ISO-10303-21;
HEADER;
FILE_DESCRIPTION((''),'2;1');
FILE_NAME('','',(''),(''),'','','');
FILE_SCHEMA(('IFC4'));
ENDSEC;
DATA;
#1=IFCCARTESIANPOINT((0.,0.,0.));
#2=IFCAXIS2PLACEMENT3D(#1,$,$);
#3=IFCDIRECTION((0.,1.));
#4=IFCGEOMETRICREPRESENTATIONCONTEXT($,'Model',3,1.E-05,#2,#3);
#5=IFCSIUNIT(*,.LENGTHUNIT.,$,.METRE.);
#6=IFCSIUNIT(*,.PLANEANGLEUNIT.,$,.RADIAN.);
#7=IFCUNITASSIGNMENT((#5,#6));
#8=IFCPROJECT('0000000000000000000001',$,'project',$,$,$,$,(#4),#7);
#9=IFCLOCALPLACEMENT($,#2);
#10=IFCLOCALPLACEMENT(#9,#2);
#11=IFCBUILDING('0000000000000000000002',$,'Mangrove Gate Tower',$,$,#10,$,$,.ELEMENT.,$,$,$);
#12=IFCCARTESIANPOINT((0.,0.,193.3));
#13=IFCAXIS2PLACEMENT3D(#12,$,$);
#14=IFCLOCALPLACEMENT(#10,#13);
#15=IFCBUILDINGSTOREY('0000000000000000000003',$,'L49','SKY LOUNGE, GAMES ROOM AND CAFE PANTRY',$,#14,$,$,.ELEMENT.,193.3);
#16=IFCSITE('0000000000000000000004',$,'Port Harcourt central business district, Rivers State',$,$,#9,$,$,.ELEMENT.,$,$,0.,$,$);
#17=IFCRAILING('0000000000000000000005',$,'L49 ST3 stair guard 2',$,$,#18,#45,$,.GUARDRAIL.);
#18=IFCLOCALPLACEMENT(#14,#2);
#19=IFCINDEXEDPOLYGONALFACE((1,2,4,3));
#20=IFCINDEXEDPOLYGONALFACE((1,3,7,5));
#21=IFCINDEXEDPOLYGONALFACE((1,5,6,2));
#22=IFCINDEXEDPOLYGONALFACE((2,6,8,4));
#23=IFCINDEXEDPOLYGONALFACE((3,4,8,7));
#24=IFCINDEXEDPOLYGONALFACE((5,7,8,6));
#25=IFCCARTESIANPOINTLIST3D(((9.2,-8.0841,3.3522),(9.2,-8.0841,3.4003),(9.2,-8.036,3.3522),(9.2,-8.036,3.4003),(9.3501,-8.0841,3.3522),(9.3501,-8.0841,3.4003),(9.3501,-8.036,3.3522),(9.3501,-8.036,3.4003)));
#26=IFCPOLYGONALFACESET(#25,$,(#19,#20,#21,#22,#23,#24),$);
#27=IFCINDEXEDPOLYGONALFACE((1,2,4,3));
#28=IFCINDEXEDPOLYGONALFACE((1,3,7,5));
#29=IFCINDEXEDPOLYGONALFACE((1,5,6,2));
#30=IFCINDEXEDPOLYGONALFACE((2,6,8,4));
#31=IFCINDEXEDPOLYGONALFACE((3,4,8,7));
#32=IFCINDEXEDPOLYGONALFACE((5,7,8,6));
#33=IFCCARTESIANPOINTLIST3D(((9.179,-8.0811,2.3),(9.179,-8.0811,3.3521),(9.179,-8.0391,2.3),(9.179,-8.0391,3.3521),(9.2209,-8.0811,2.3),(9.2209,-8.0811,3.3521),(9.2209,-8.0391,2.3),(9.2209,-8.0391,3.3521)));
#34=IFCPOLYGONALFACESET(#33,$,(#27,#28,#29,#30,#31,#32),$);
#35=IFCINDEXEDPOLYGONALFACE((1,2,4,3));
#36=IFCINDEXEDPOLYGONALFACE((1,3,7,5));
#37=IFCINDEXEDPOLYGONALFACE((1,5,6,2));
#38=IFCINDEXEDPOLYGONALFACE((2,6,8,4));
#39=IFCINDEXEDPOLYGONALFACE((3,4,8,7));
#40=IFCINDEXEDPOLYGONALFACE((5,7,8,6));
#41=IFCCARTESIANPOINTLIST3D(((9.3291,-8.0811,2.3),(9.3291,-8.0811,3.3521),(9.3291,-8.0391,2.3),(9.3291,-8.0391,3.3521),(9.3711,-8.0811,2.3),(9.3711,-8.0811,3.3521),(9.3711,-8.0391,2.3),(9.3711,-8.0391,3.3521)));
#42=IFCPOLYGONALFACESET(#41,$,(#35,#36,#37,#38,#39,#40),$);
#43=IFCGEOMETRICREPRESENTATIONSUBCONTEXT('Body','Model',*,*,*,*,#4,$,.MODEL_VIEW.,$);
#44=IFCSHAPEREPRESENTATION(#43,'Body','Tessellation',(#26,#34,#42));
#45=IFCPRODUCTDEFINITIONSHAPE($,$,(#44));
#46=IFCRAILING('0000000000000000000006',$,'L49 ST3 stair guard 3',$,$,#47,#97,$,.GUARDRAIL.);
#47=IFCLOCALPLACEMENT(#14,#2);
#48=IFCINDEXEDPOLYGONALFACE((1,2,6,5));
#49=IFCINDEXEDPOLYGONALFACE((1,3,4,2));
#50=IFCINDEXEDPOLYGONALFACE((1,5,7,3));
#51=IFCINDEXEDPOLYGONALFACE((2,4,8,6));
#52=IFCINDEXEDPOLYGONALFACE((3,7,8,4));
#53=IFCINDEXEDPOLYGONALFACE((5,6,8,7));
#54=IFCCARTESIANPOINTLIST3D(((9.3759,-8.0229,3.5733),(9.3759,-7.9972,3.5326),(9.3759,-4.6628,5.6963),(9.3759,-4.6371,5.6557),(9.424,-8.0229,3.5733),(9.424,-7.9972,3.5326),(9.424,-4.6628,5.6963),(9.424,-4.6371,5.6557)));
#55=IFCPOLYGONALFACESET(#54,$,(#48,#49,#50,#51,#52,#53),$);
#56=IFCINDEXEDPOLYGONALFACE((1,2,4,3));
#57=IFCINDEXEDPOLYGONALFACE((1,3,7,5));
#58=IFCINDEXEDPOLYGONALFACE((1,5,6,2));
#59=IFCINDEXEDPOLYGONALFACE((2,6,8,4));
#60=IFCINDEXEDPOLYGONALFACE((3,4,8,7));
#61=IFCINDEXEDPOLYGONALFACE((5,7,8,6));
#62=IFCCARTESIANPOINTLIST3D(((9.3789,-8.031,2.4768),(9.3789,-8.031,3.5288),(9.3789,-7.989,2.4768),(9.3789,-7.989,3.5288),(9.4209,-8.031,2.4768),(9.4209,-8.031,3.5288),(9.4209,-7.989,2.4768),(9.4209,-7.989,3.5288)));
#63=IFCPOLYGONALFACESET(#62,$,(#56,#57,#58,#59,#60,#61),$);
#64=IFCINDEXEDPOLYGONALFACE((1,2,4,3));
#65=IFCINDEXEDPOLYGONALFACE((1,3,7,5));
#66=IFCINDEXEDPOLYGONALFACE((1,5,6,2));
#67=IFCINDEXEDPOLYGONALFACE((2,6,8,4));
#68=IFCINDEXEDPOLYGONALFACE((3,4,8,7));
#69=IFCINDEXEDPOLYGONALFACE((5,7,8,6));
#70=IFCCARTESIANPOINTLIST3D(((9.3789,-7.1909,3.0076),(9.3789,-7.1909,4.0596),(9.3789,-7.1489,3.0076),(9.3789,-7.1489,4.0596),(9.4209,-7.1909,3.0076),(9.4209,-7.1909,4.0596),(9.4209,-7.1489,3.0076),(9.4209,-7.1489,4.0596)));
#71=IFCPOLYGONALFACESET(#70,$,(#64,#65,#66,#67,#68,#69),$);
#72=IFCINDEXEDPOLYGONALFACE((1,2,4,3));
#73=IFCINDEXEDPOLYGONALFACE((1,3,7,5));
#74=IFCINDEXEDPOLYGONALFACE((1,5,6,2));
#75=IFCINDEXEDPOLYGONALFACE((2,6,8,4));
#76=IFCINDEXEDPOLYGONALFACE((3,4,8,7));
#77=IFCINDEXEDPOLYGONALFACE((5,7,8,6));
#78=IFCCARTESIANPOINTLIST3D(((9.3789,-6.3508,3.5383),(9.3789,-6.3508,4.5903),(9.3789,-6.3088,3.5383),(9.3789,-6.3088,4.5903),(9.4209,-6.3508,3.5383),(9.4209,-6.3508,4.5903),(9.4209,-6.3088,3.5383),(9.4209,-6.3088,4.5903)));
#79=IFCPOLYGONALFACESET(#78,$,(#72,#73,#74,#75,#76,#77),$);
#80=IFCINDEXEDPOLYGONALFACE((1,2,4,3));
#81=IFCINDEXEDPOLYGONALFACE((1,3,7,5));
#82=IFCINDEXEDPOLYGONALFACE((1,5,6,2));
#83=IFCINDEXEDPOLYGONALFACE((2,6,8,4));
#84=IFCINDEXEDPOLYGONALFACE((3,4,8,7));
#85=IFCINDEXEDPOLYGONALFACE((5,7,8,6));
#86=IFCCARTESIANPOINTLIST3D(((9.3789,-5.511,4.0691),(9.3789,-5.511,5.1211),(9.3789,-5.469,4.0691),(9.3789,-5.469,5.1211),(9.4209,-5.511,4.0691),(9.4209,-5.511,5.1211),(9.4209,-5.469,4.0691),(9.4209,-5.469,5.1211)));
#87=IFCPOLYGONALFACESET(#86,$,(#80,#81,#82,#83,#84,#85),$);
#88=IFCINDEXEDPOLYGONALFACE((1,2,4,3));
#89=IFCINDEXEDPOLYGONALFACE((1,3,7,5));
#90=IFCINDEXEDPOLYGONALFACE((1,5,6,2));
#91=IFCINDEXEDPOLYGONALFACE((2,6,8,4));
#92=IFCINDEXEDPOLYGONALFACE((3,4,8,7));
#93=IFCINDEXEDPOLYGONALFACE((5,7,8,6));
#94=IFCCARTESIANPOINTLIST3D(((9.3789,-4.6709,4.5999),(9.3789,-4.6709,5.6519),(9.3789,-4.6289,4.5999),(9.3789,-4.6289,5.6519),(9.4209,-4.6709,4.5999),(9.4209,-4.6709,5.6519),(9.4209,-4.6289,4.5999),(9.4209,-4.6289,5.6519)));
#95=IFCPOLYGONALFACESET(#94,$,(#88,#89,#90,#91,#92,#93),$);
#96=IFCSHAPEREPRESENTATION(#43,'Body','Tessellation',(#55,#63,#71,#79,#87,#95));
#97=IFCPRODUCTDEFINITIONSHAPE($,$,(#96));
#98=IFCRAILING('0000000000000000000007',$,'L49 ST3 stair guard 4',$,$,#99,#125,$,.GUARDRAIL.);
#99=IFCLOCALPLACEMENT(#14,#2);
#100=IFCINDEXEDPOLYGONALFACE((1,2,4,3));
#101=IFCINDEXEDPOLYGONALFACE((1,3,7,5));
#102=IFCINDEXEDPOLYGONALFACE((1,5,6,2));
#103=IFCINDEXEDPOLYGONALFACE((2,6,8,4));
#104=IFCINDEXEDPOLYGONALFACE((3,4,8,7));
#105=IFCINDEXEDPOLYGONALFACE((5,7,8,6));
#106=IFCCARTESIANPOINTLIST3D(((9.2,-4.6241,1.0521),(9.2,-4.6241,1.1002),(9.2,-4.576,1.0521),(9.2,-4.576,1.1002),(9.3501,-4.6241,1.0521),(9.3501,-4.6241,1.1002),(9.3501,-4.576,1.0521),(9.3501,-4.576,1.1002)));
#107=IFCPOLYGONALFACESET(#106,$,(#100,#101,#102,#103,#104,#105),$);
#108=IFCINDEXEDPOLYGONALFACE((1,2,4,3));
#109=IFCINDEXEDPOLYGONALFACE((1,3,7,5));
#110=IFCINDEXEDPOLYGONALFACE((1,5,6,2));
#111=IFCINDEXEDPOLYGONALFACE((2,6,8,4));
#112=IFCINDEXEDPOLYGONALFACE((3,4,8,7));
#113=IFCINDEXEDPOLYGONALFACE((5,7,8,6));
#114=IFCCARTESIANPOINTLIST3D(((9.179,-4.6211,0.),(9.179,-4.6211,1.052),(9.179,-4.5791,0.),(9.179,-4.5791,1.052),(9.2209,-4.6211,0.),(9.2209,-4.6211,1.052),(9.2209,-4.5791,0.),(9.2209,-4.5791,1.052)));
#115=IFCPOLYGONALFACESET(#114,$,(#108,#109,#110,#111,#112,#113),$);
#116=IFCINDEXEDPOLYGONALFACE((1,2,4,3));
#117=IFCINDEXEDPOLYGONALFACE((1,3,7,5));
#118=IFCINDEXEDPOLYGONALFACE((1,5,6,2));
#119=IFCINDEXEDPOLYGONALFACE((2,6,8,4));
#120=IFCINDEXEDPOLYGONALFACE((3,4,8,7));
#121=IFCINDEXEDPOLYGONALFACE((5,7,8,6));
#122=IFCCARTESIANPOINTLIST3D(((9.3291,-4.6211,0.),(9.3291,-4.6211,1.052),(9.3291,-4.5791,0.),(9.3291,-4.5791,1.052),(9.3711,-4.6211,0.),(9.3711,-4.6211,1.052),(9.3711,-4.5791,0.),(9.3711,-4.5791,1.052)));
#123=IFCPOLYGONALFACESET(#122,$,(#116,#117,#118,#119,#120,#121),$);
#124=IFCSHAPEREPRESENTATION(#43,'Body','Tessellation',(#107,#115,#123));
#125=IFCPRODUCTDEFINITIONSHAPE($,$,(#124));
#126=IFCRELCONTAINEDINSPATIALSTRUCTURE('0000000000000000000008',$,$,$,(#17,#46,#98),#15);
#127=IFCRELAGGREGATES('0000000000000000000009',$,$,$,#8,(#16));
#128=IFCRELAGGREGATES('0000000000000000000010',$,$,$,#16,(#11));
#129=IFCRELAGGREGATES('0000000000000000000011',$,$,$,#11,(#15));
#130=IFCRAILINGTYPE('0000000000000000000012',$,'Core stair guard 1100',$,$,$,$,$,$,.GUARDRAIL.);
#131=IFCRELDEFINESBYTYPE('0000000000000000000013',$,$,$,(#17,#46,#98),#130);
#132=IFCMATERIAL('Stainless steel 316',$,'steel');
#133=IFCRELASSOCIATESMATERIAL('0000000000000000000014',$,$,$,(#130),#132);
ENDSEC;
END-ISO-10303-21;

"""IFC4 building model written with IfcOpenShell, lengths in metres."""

from ifc_helpers import new_model, si_unit, direction, frame, origin, origin_2d, place, context, subcontext, project, spatial, rectangle, extrude, material, type_object, element, save


model = new_model("IFC4")

# Units and contexts
model_context = context("Model", 3, precision=1e-05, world=origin(), true_north=direction((0.0, 1.0)))
body_context = subcontext(model_context, "Body", "Model", "MODEL_VIEW")
ifc_project = project(units=[si_unit("LENGTHUNIT", "METRE"), si_unit("PLANEANGLEUNIT", "RADIAN")], contexts=[model_context])

# Site, building, storey
site_placement = place(None, origin())
site = spatial("IfcSite", under=ifc_project, at=site_placement, Name="Port Harcourt central business district, Rivers State", CompositionType="ELEMENT", RefElevation=0.0)
building_placement = place(site_placement, origin())
building = spatial("IfcBuilding", under=site, at=building_placement, Name="Mangrove Gate Tower", CompositionType="ELEMENT")
storey_placement = place(building_placement, frame((0.0, 0.0, 193.3)))
storey = spatial("IfcBuildingStorey", under=building, at=storey_placement, Name="L49", Description="SKY LOUNGE, GAMES ROOM AND CAFE PANTRY", CompositionType="ELEMENT", Elevation=193.3)

# Railings
ifc_material_1 = material(Name="Stainless steel 316", Category="steel")
railing_type_1 = type_object("IfcRailingType", Name="Core stair guard 1100", PredefinedType="GUARDRAIL", material=ifc_material_1)
railing_1_placement = place(storey_placement, frame((9.2, -8.0601, 2.3)))
element("IfcRailing", 1, at=railing_1_placement, inside=storey, type_object=railing_type_1, Name="L49 ST3 stair guard 2", PredefinedType="GUARDRAIL", context=body_context, shape_type="SweptSolid", body=[
    extrude(rectangle(XDim=0.0481, YDim=0.0481, at=origin_2d()), frame((0.0, 0.0, 1.0762), z_axis=(1.0, 0.0, 0.0), x_axis=(0.0, 1.0, 0.0)), (0.0, 0.0, 1.0), 0.1501),
    extrude(rectangle(XDim=0.042, YDim=0.042, at=origin_2d()), origin(), (0.0, 0.0, 1.0), 1.052),
    extrude(rectangle(XDim=0.042, YDim=0.042, at=origin_2d()), frame((0.1501, 0.0, 0.0)), (0.0, 0.0, 1.0), 1.052),
])
railing_2_placement = place(storey_placement, frame((9.3999, -8.01, 2.4768)))
element("IfcRailing", 2, at=railing_2_placement, inside=storey, type_object=railing_type_1, Name="L49 ST3 stair guard 3", PredefinedType="GUARDRAIL", context=body_context, shape_type="SweptSolid", body=[
    extrude(rectangle(XDim=0.0481, YDim=0.0481, at=origin_2d()), frame((0.0, 0.0, 1.0762), z_axis=(0.0, 0.84539, 0.53415), x_axis=(-1.0, 0.0, 0.0)), (0.0, 0.0, 1.0), 3.9746),
    extrude(rectangle(XDim=0.042, YDim=0.042, at=origin_2d()), origin(), (0.0, 0.0, 1.0), 1.052),
    extrude(rectangle(XDim=0.042, YDim=0.042, at=origin_2d()), frame((0.0, 0.8401, 0.5308)), (0.0, 0.0, 1.0), 1.052),
    extrude(rectangle(XDim=0.042, YDim=0.042, at=origin_2d()), frame((0.0, 1.6802, 1.0615)), (0.0, 0.0, 1.0), 1.052),
    extrude(rectangle(XDim=0.042, YDim=0.042, at=origin_2d()), frame((0.0, 2.52, 1.5923)), (0.0, 0.0, 1.0), 1.052),
    extrude(rectangle(XDim=0.042, YDim=0.042, at=origin_2d()), frame((0.0, 3.3601, 2.123)), (0.0, 0.0, 1.0), 1.052),
])
railing_3_placement = place(storey_placement, frame((9.2, -4.6001, 0.0)))
element("IfcRailing", 3, at=railing_3_placement, inside=storey, type_object=railing_type_1, Name="L49 ST3 stair guard 4", PredefinedType="GUARDRAIL", context=body_context, shape_type="SweptSolid", body=[
    extrude(rectangle(XDim=0.0481, YDim=0.0481, at=origin_2d()), frame((0.0, 0.0, 1.0762), z_axis=(1.0, 0.0, 0.0), x_axis=(0.0, 1.0, 0.0)), (0.0, 0.0, 1.0), 0.1501),
    extrude(rectangle(XDim=0.042, YDim=0.042, at=origin_2d()), origin(), (0.0, 0.0, 1.0), 1.052),
    extrude(rectangle(XDim=0.042, YDim=0.042, at=origin_2d()), frame((0.1501, 0.0, 0.0)), (0.0, 0.0, 1.0), 1.052),
])

save(model, "model.ifc")
